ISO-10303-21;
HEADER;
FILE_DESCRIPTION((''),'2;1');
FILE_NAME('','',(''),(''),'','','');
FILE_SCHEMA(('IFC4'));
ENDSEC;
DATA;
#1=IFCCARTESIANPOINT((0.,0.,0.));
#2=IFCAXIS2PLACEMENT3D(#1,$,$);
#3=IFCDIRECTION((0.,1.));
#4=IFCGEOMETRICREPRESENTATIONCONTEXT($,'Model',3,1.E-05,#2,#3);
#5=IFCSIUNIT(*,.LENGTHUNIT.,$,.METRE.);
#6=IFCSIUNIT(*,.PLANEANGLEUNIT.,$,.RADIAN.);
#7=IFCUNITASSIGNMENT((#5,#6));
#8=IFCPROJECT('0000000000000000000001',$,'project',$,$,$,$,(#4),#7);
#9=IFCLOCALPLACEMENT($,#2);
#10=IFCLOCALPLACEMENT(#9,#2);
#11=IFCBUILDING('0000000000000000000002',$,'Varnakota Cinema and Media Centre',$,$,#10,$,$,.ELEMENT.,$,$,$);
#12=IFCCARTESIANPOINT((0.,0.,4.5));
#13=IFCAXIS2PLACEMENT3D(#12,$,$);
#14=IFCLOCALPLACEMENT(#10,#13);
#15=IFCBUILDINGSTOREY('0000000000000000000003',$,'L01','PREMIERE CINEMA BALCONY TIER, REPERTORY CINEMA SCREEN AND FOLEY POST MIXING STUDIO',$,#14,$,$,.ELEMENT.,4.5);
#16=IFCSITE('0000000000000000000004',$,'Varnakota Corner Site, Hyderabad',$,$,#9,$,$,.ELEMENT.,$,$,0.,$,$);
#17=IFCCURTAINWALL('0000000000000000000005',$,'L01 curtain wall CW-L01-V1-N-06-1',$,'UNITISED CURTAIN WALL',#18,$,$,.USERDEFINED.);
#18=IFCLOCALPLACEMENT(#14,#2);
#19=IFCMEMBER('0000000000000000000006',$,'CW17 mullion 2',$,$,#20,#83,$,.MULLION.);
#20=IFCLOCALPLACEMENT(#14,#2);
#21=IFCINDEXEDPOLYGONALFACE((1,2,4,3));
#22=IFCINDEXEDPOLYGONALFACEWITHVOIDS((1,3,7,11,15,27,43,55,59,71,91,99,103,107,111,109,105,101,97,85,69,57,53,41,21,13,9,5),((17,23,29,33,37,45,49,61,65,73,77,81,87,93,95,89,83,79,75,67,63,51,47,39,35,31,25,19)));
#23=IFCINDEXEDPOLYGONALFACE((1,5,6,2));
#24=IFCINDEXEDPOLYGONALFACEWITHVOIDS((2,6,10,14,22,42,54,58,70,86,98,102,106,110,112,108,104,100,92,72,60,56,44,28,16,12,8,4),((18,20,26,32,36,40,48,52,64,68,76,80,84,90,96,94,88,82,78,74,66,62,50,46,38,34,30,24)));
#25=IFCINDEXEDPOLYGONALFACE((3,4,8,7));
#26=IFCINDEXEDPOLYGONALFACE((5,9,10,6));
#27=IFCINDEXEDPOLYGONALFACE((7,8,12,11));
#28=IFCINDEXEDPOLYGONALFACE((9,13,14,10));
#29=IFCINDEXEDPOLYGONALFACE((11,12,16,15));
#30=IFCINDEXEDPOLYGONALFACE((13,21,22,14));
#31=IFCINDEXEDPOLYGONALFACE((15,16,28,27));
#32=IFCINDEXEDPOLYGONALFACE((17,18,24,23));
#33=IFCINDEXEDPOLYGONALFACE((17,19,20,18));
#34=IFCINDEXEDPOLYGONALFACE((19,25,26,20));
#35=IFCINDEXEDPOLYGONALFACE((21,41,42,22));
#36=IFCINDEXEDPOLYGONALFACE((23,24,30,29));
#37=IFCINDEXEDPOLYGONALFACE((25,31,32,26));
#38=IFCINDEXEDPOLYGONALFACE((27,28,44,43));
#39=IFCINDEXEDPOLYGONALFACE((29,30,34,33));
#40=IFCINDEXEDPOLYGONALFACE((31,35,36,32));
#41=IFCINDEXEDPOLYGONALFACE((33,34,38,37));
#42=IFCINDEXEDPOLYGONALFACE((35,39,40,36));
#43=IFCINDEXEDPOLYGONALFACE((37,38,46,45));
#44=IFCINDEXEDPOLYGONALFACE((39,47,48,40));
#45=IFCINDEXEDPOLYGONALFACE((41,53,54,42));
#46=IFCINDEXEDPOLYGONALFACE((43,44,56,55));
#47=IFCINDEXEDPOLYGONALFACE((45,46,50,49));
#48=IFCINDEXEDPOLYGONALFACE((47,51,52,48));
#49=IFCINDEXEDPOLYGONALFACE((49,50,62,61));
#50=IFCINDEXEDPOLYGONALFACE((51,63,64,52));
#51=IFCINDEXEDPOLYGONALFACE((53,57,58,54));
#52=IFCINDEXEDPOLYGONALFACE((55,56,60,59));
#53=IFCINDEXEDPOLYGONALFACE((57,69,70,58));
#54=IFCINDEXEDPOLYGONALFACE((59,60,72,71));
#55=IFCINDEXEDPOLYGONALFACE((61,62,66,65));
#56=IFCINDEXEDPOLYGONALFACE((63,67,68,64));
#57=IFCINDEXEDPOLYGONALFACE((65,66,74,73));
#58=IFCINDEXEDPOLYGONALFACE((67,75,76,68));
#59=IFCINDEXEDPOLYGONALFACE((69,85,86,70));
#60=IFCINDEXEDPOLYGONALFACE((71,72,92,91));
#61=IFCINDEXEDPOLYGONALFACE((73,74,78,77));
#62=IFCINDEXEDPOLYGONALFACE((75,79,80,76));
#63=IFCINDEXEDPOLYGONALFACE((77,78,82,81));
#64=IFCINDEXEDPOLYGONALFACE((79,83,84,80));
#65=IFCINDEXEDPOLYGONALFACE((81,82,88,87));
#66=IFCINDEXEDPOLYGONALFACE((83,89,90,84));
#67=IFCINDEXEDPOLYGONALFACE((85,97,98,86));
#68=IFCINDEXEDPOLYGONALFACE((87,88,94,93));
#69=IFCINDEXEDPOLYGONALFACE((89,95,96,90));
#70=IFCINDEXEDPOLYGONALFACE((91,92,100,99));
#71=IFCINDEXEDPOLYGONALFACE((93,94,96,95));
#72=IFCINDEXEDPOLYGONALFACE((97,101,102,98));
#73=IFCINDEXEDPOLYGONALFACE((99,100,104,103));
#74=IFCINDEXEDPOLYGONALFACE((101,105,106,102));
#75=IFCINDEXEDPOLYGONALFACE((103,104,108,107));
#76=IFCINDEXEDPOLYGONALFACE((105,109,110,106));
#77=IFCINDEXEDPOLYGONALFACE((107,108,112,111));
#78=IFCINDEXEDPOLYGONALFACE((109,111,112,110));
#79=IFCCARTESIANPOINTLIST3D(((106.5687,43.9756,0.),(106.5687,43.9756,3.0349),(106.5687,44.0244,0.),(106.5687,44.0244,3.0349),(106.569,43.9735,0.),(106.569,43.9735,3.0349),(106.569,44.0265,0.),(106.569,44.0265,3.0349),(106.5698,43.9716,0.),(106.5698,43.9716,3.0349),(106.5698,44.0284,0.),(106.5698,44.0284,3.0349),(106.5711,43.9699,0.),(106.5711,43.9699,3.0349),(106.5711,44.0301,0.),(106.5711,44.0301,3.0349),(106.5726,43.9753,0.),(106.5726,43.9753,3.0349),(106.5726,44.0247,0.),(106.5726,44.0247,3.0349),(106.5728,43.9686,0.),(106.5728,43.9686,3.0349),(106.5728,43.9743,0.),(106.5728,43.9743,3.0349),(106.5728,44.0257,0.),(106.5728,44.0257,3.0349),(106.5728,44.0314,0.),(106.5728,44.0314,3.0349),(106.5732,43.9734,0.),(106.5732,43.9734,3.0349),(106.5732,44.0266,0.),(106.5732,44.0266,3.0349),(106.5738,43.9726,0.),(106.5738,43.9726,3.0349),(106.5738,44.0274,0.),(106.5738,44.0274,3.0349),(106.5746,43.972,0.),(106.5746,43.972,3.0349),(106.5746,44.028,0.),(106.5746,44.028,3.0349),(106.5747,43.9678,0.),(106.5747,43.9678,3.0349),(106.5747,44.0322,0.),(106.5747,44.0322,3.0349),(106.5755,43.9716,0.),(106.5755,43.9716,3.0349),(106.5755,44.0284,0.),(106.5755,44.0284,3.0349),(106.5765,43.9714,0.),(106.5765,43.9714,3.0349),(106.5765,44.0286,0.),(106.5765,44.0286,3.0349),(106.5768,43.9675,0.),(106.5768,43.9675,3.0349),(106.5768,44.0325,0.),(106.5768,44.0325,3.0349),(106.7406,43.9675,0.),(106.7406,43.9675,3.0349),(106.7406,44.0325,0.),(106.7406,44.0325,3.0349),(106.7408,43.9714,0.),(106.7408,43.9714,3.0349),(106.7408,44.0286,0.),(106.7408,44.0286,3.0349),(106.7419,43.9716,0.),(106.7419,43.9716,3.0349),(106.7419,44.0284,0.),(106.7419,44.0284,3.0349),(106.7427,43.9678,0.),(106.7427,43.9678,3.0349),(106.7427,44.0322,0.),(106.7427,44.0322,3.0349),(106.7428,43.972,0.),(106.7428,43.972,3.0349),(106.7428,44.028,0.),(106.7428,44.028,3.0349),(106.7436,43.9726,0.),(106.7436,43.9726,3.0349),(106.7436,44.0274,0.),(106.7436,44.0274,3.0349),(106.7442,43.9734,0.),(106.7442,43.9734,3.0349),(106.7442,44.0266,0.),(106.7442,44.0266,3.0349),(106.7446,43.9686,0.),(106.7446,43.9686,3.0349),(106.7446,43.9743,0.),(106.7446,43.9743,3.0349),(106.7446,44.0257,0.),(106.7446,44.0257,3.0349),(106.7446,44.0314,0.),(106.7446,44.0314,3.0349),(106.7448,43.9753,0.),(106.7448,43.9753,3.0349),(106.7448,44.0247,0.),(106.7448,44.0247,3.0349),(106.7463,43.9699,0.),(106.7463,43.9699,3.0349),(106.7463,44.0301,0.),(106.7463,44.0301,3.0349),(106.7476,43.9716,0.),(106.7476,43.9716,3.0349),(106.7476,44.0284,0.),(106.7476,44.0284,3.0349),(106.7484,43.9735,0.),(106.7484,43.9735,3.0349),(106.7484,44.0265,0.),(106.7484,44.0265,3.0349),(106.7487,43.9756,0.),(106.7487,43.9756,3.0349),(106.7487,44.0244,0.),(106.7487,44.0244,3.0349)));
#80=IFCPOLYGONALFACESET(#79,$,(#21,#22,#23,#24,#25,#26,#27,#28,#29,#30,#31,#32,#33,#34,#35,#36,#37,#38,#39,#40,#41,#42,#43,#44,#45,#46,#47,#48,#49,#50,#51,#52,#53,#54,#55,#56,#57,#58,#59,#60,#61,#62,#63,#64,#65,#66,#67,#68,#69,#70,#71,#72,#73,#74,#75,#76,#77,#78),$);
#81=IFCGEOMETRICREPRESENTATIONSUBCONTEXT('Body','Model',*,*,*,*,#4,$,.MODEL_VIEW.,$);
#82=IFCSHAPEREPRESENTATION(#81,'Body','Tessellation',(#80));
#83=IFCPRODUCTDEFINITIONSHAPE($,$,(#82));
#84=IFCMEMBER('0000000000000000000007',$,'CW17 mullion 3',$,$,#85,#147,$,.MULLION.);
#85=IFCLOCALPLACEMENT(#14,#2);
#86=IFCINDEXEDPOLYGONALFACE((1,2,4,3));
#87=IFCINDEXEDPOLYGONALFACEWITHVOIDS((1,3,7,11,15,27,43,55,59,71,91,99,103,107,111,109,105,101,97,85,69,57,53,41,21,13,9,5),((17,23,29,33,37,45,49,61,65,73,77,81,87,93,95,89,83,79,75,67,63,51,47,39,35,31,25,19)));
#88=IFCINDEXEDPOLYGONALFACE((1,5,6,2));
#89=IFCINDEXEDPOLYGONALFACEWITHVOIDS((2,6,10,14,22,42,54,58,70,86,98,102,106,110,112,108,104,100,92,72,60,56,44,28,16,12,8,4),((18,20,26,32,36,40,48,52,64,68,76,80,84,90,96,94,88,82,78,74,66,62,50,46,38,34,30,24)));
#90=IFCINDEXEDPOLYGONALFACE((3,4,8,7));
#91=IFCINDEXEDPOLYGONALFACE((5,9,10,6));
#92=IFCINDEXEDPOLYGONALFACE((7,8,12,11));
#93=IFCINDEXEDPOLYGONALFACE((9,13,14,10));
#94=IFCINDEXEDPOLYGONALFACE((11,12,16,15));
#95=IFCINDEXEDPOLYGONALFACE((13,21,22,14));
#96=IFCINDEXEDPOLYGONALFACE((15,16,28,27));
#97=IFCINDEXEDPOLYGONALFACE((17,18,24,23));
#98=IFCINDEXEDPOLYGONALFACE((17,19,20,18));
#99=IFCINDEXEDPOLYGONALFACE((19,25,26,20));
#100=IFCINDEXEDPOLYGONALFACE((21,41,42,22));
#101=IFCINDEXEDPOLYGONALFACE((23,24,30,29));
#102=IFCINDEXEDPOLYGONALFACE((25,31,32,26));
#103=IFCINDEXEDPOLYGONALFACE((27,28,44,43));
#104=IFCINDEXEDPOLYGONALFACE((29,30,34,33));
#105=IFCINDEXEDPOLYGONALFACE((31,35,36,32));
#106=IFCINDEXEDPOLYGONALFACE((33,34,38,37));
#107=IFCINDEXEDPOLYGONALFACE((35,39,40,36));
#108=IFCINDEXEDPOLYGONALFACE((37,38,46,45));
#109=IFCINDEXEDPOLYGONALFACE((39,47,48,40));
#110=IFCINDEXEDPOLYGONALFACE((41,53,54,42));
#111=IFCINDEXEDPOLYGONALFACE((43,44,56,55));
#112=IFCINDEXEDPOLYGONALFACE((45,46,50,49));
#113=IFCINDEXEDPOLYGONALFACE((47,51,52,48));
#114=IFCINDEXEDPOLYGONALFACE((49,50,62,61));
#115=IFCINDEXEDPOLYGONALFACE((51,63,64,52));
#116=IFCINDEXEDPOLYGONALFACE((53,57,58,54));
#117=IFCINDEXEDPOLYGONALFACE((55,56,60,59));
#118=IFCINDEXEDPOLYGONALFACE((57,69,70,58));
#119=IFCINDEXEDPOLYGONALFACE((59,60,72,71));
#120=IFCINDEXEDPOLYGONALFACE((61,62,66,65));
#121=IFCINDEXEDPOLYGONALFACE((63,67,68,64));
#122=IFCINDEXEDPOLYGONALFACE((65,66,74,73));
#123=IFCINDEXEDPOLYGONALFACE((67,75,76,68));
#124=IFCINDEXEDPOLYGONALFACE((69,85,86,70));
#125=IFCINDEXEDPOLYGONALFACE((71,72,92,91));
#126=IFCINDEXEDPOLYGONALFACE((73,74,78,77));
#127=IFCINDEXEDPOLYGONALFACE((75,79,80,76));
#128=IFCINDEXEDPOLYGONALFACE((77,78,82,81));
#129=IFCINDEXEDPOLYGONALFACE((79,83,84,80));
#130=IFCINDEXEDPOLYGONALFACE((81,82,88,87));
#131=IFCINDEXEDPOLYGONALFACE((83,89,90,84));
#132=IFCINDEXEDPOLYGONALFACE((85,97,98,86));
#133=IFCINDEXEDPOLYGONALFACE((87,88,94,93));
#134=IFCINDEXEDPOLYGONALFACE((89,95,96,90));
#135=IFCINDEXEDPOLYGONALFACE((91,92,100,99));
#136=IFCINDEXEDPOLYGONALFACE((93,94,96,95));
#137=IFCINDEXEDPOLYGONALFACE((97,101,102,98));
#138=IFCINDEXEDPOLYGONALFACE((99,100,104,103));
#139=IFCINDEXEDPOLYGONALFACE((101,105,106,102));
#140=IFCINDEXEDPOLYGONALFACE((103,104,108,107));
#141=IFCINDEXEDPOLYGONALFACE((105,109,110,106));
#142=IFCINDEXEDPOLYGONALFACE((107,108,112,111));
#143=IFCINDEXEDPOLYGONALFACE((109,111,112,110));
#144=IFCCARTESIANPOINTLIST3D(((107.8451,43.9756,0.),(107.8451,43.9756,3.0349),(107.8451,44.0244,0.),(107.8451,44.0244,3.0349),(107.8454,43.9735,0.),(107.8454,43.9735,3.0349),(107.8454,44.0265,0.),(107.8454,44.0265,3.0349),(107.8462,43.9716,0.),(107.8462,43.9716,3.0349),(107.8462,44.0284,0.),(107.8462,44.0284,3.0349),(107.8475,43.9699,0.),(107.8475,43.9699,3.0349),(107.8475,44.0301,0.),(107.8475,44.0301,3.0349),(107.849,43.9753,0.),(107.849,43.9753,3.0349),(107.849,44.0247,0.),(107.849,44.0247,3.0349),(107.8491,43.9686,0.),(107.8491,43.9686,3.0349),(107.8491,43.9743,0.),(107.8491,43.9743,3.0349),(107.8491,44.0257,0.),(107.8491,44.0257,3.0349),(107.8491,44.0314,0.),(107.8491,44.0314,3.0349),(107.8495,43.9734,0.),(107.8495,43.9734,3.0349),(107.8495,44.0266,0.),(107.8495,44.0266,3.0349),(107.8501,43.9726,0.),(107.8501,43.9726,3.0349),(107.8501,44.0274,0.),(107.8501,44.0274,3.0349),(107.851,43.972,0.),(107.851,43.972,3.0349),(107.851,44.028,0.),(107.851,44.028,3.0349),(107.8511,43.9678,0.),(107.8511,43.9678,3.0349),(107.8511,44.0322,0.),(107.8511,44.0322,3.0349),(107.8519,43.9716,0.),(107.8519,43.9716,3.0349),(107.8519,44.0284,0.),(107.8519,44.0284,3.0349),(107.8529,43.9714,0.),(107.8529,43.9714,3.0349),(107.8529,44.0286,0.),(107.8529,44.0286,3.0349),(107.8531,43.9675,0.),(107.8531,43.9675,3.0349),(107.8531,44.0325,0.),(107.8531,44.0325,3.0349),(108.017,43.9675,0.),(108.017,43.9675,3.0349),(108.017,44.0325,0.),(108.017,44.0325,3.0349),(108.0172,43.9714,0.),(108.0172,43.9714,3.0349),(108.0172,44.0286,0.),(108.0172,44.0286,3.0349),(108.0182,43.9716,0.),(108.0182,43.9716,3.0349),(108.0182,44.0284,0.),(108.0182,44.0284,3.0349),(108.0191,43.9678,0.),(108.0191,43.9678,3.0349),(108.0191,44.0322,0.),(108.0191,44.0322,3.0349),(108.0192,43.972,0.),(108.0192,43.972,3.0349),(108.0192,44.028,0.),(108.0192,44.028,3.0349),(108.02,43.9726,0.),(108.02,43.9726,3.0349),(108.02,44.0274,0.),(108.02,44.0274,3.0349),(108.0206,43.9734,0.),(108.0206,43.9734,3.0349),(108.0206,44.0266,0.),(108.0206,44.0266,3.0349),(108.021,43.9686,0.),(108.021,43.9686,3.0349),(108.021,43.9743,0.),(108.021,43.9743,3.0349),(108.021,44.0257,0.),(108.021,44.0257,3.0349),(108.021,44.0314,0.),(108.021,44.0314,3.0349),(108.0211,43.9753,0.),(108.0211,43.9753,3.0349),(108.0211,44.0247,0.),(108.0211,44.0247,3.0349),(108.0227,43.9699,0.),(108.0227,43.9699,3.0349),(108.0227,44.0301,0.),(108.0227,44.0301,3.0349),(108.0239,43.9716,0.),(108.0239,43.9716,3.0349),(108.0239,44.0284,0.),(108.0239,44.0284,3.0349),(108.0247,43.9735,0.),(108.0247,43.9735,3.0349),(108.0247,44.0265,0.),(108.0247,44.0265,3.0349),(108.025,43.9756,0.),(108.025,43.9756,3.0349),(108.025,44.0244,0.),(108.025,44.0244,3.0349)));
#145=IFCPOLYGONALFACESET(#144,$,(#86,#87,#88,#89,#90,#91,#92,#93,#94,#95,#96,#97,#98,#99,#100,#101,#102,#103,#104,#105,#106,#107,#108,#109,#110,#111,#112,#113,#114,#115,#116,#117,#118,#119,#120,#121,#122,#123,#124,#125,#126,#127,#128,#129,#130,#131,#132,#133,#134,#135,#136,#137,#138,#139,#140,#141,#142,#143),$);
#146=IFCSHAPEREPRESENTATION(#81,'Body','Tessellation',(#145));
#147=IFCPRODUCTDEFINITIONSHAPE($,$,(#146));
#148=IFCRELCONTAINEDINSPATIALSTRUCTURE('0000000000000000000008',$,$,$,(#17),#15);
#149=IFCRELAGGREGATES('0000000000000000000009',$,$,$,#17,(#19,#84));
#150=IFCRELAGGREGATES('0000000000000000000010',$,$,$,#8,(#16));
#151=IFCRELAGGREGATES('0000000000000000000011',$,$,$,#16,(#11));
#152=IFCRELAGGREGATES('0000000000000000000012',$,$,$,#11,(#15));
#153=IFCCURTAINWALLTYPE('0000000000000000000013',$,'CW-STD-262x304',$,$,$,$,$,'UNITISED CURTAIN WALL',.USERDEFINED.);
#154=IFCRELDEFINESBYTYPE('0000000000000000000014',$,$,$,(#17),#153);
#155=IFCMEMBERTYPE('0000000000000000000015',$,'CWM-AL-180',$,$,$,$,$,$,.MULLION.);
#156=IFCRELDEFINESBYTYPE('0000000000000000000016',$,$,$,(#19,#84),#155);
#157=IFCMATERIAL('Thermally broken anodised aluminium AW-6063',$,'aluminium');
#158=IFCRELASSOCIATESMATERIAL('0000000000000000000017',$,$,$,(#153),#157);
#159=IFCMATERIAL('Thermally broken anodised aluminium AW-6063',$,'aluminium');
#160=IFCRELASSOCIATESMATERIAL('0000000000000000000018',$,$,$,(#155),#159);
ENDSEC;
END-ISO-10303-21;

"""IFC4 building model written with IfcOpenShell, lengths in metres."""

from ifc_helpers import new_model, si_unit, direction, frame, origin, origin_2d, place, context, subcontext, project, spatial, hollow_rectangle, extrude, material, material_profile, profile_set, type_object, element, aggregate, save


model = new_model("IFC4")

# Units and contexts
model_context = context("Model", 3, precision=1e-05, world=origin(), true_north=direction((0.0, 1.0)))
body_context = subcontext(model_context, "Body", "Model", "MODEL_VIEW")
ifc_project = project(units=[si_unit("LENGTHUNIT", "METRE"), si_unit("PLANEANGLEUNIT", "RADIAN")], contexts=[model_context])

# Site, building, storey
site_placement = place(None, origin())
site = spatial("IfcSite", under=ifc_project, at=site_placement, Name="Varnakota Corner Site, Hyderabad", CompositionType="ELEMENT", RefElevation=0.0)
building_placement = place(site_placement, origin())
building = spatial("IfcBuilding", under=site, at=building_placement, Name="Varnakota Cinema and Media Centre", CompositionType="ELEMENT")
storey_placement = place(building_placement, frame((0.0, 0.0, 4.5)))
storey = spatial("IfcBuildingStorey", under=building, at=storey_placement, Name="L01", Description="PREMIERE CINEMA BALCONY TIER, REPERTORY CINEMA SCREEN AND FOLEY POST MIXING STUDIO", CompositionType="ELEMENT", Elevation=4.5)

# Shared definitions
ifc_material_1 = material(Name="Thermally broken anodised aluminium AW-6063", Category="aluminium")
curtain_wall_type = type_object("IfcCurtainWallType", Name="CW-STD-262x304", ElementType="UNITISED CURTAIN WALL", PredefinedType="USERDEFINED", material=ifc_material_1)
ifc_material_2 = material(Name="Thermally broken anodised aluminium AW-6063", Category="aluminium")
ifc_material_profile_1 = material_profile(ifc_material_2, hollow_rectangle(XDim=0.0649, YDim=0.1799, WallThickness=0.0039, InnerFilletRadius=0.0039, OuterFilletRadius=0.0081, at=origin_2d()), Name="AL-MULLION 180x65x4")
ifc_profile_set_1 = profile_set([ifc_material_profile_1], Name="Thermally broken anodised aluminium AW-6063")
member_type_1 = type_object("IfcMemberType", Name="CWM-AL-180", PredefinedType="MULLION", material=ifc_profile_set_1)

# Curtain wall, members
curtain_wall_1_placement = place(storey_placement, origin())
curtain_wall_1 = element("IfcCurtainWall", 1, at=curtain_wall_1_placement, inside=storey, type_object=curtain_wall_type, Name="L01 curtain wall CW-L01-V1-N-06-1", ObjectType="UNITISED CURTAIN WALL", PredefinedType="USERDEFINED")
member_1_placement = place(storey_placement, frame((106.6587, 44.0, 0.0), z_axis=(0.0, 0.0, 1.0), x_axis=(0.0, 1.0, 0.0)))
member_1 = element("IfcMember", 2, at=member_1_placement, type_object=member_type_1, Name="CW17 mullion 2", PredefinedType="MULLION", context=body_context, shape_type="SweptSolid", body=[
    extrude(hollow_rectangle(XDim=0.0649, YDim=0.1799, WallThickness=0.0039, InnerFilletRadius=0.0039, OuterFilletRadius=0.0081, at=origin_2d()), origin(), (0.0, 0.0, 1.0), 3.0349),
])
member_2_placement = place(storey_placement, frame((107.9351, 44.0, 0.0), z_axis=(0.0, 0.0, 1.0), x_axis=(0.0, 1.0, 0.0)))
member_2 = element("IfcMember", 3, at=member_2_placement, type_object=member_type_1, Name="CW17 mullion 3", PredefinedType="MULLION", context=body_context, shape_type="SweptSolid", body=[
    extrude(hollow_rectangle(XDim=0.0649, YDim=0.1799, WallThickness=0.0039, InnerFilletRadius=0.0039, OuterFilletRadius=0.0081, at=origin_2d()), origin(), (0.0, 0.0, 1.0), 3.0349),
])

aggregate(curtain_wall_1, [member_1, member_2])

save(model, "model.ifc")
